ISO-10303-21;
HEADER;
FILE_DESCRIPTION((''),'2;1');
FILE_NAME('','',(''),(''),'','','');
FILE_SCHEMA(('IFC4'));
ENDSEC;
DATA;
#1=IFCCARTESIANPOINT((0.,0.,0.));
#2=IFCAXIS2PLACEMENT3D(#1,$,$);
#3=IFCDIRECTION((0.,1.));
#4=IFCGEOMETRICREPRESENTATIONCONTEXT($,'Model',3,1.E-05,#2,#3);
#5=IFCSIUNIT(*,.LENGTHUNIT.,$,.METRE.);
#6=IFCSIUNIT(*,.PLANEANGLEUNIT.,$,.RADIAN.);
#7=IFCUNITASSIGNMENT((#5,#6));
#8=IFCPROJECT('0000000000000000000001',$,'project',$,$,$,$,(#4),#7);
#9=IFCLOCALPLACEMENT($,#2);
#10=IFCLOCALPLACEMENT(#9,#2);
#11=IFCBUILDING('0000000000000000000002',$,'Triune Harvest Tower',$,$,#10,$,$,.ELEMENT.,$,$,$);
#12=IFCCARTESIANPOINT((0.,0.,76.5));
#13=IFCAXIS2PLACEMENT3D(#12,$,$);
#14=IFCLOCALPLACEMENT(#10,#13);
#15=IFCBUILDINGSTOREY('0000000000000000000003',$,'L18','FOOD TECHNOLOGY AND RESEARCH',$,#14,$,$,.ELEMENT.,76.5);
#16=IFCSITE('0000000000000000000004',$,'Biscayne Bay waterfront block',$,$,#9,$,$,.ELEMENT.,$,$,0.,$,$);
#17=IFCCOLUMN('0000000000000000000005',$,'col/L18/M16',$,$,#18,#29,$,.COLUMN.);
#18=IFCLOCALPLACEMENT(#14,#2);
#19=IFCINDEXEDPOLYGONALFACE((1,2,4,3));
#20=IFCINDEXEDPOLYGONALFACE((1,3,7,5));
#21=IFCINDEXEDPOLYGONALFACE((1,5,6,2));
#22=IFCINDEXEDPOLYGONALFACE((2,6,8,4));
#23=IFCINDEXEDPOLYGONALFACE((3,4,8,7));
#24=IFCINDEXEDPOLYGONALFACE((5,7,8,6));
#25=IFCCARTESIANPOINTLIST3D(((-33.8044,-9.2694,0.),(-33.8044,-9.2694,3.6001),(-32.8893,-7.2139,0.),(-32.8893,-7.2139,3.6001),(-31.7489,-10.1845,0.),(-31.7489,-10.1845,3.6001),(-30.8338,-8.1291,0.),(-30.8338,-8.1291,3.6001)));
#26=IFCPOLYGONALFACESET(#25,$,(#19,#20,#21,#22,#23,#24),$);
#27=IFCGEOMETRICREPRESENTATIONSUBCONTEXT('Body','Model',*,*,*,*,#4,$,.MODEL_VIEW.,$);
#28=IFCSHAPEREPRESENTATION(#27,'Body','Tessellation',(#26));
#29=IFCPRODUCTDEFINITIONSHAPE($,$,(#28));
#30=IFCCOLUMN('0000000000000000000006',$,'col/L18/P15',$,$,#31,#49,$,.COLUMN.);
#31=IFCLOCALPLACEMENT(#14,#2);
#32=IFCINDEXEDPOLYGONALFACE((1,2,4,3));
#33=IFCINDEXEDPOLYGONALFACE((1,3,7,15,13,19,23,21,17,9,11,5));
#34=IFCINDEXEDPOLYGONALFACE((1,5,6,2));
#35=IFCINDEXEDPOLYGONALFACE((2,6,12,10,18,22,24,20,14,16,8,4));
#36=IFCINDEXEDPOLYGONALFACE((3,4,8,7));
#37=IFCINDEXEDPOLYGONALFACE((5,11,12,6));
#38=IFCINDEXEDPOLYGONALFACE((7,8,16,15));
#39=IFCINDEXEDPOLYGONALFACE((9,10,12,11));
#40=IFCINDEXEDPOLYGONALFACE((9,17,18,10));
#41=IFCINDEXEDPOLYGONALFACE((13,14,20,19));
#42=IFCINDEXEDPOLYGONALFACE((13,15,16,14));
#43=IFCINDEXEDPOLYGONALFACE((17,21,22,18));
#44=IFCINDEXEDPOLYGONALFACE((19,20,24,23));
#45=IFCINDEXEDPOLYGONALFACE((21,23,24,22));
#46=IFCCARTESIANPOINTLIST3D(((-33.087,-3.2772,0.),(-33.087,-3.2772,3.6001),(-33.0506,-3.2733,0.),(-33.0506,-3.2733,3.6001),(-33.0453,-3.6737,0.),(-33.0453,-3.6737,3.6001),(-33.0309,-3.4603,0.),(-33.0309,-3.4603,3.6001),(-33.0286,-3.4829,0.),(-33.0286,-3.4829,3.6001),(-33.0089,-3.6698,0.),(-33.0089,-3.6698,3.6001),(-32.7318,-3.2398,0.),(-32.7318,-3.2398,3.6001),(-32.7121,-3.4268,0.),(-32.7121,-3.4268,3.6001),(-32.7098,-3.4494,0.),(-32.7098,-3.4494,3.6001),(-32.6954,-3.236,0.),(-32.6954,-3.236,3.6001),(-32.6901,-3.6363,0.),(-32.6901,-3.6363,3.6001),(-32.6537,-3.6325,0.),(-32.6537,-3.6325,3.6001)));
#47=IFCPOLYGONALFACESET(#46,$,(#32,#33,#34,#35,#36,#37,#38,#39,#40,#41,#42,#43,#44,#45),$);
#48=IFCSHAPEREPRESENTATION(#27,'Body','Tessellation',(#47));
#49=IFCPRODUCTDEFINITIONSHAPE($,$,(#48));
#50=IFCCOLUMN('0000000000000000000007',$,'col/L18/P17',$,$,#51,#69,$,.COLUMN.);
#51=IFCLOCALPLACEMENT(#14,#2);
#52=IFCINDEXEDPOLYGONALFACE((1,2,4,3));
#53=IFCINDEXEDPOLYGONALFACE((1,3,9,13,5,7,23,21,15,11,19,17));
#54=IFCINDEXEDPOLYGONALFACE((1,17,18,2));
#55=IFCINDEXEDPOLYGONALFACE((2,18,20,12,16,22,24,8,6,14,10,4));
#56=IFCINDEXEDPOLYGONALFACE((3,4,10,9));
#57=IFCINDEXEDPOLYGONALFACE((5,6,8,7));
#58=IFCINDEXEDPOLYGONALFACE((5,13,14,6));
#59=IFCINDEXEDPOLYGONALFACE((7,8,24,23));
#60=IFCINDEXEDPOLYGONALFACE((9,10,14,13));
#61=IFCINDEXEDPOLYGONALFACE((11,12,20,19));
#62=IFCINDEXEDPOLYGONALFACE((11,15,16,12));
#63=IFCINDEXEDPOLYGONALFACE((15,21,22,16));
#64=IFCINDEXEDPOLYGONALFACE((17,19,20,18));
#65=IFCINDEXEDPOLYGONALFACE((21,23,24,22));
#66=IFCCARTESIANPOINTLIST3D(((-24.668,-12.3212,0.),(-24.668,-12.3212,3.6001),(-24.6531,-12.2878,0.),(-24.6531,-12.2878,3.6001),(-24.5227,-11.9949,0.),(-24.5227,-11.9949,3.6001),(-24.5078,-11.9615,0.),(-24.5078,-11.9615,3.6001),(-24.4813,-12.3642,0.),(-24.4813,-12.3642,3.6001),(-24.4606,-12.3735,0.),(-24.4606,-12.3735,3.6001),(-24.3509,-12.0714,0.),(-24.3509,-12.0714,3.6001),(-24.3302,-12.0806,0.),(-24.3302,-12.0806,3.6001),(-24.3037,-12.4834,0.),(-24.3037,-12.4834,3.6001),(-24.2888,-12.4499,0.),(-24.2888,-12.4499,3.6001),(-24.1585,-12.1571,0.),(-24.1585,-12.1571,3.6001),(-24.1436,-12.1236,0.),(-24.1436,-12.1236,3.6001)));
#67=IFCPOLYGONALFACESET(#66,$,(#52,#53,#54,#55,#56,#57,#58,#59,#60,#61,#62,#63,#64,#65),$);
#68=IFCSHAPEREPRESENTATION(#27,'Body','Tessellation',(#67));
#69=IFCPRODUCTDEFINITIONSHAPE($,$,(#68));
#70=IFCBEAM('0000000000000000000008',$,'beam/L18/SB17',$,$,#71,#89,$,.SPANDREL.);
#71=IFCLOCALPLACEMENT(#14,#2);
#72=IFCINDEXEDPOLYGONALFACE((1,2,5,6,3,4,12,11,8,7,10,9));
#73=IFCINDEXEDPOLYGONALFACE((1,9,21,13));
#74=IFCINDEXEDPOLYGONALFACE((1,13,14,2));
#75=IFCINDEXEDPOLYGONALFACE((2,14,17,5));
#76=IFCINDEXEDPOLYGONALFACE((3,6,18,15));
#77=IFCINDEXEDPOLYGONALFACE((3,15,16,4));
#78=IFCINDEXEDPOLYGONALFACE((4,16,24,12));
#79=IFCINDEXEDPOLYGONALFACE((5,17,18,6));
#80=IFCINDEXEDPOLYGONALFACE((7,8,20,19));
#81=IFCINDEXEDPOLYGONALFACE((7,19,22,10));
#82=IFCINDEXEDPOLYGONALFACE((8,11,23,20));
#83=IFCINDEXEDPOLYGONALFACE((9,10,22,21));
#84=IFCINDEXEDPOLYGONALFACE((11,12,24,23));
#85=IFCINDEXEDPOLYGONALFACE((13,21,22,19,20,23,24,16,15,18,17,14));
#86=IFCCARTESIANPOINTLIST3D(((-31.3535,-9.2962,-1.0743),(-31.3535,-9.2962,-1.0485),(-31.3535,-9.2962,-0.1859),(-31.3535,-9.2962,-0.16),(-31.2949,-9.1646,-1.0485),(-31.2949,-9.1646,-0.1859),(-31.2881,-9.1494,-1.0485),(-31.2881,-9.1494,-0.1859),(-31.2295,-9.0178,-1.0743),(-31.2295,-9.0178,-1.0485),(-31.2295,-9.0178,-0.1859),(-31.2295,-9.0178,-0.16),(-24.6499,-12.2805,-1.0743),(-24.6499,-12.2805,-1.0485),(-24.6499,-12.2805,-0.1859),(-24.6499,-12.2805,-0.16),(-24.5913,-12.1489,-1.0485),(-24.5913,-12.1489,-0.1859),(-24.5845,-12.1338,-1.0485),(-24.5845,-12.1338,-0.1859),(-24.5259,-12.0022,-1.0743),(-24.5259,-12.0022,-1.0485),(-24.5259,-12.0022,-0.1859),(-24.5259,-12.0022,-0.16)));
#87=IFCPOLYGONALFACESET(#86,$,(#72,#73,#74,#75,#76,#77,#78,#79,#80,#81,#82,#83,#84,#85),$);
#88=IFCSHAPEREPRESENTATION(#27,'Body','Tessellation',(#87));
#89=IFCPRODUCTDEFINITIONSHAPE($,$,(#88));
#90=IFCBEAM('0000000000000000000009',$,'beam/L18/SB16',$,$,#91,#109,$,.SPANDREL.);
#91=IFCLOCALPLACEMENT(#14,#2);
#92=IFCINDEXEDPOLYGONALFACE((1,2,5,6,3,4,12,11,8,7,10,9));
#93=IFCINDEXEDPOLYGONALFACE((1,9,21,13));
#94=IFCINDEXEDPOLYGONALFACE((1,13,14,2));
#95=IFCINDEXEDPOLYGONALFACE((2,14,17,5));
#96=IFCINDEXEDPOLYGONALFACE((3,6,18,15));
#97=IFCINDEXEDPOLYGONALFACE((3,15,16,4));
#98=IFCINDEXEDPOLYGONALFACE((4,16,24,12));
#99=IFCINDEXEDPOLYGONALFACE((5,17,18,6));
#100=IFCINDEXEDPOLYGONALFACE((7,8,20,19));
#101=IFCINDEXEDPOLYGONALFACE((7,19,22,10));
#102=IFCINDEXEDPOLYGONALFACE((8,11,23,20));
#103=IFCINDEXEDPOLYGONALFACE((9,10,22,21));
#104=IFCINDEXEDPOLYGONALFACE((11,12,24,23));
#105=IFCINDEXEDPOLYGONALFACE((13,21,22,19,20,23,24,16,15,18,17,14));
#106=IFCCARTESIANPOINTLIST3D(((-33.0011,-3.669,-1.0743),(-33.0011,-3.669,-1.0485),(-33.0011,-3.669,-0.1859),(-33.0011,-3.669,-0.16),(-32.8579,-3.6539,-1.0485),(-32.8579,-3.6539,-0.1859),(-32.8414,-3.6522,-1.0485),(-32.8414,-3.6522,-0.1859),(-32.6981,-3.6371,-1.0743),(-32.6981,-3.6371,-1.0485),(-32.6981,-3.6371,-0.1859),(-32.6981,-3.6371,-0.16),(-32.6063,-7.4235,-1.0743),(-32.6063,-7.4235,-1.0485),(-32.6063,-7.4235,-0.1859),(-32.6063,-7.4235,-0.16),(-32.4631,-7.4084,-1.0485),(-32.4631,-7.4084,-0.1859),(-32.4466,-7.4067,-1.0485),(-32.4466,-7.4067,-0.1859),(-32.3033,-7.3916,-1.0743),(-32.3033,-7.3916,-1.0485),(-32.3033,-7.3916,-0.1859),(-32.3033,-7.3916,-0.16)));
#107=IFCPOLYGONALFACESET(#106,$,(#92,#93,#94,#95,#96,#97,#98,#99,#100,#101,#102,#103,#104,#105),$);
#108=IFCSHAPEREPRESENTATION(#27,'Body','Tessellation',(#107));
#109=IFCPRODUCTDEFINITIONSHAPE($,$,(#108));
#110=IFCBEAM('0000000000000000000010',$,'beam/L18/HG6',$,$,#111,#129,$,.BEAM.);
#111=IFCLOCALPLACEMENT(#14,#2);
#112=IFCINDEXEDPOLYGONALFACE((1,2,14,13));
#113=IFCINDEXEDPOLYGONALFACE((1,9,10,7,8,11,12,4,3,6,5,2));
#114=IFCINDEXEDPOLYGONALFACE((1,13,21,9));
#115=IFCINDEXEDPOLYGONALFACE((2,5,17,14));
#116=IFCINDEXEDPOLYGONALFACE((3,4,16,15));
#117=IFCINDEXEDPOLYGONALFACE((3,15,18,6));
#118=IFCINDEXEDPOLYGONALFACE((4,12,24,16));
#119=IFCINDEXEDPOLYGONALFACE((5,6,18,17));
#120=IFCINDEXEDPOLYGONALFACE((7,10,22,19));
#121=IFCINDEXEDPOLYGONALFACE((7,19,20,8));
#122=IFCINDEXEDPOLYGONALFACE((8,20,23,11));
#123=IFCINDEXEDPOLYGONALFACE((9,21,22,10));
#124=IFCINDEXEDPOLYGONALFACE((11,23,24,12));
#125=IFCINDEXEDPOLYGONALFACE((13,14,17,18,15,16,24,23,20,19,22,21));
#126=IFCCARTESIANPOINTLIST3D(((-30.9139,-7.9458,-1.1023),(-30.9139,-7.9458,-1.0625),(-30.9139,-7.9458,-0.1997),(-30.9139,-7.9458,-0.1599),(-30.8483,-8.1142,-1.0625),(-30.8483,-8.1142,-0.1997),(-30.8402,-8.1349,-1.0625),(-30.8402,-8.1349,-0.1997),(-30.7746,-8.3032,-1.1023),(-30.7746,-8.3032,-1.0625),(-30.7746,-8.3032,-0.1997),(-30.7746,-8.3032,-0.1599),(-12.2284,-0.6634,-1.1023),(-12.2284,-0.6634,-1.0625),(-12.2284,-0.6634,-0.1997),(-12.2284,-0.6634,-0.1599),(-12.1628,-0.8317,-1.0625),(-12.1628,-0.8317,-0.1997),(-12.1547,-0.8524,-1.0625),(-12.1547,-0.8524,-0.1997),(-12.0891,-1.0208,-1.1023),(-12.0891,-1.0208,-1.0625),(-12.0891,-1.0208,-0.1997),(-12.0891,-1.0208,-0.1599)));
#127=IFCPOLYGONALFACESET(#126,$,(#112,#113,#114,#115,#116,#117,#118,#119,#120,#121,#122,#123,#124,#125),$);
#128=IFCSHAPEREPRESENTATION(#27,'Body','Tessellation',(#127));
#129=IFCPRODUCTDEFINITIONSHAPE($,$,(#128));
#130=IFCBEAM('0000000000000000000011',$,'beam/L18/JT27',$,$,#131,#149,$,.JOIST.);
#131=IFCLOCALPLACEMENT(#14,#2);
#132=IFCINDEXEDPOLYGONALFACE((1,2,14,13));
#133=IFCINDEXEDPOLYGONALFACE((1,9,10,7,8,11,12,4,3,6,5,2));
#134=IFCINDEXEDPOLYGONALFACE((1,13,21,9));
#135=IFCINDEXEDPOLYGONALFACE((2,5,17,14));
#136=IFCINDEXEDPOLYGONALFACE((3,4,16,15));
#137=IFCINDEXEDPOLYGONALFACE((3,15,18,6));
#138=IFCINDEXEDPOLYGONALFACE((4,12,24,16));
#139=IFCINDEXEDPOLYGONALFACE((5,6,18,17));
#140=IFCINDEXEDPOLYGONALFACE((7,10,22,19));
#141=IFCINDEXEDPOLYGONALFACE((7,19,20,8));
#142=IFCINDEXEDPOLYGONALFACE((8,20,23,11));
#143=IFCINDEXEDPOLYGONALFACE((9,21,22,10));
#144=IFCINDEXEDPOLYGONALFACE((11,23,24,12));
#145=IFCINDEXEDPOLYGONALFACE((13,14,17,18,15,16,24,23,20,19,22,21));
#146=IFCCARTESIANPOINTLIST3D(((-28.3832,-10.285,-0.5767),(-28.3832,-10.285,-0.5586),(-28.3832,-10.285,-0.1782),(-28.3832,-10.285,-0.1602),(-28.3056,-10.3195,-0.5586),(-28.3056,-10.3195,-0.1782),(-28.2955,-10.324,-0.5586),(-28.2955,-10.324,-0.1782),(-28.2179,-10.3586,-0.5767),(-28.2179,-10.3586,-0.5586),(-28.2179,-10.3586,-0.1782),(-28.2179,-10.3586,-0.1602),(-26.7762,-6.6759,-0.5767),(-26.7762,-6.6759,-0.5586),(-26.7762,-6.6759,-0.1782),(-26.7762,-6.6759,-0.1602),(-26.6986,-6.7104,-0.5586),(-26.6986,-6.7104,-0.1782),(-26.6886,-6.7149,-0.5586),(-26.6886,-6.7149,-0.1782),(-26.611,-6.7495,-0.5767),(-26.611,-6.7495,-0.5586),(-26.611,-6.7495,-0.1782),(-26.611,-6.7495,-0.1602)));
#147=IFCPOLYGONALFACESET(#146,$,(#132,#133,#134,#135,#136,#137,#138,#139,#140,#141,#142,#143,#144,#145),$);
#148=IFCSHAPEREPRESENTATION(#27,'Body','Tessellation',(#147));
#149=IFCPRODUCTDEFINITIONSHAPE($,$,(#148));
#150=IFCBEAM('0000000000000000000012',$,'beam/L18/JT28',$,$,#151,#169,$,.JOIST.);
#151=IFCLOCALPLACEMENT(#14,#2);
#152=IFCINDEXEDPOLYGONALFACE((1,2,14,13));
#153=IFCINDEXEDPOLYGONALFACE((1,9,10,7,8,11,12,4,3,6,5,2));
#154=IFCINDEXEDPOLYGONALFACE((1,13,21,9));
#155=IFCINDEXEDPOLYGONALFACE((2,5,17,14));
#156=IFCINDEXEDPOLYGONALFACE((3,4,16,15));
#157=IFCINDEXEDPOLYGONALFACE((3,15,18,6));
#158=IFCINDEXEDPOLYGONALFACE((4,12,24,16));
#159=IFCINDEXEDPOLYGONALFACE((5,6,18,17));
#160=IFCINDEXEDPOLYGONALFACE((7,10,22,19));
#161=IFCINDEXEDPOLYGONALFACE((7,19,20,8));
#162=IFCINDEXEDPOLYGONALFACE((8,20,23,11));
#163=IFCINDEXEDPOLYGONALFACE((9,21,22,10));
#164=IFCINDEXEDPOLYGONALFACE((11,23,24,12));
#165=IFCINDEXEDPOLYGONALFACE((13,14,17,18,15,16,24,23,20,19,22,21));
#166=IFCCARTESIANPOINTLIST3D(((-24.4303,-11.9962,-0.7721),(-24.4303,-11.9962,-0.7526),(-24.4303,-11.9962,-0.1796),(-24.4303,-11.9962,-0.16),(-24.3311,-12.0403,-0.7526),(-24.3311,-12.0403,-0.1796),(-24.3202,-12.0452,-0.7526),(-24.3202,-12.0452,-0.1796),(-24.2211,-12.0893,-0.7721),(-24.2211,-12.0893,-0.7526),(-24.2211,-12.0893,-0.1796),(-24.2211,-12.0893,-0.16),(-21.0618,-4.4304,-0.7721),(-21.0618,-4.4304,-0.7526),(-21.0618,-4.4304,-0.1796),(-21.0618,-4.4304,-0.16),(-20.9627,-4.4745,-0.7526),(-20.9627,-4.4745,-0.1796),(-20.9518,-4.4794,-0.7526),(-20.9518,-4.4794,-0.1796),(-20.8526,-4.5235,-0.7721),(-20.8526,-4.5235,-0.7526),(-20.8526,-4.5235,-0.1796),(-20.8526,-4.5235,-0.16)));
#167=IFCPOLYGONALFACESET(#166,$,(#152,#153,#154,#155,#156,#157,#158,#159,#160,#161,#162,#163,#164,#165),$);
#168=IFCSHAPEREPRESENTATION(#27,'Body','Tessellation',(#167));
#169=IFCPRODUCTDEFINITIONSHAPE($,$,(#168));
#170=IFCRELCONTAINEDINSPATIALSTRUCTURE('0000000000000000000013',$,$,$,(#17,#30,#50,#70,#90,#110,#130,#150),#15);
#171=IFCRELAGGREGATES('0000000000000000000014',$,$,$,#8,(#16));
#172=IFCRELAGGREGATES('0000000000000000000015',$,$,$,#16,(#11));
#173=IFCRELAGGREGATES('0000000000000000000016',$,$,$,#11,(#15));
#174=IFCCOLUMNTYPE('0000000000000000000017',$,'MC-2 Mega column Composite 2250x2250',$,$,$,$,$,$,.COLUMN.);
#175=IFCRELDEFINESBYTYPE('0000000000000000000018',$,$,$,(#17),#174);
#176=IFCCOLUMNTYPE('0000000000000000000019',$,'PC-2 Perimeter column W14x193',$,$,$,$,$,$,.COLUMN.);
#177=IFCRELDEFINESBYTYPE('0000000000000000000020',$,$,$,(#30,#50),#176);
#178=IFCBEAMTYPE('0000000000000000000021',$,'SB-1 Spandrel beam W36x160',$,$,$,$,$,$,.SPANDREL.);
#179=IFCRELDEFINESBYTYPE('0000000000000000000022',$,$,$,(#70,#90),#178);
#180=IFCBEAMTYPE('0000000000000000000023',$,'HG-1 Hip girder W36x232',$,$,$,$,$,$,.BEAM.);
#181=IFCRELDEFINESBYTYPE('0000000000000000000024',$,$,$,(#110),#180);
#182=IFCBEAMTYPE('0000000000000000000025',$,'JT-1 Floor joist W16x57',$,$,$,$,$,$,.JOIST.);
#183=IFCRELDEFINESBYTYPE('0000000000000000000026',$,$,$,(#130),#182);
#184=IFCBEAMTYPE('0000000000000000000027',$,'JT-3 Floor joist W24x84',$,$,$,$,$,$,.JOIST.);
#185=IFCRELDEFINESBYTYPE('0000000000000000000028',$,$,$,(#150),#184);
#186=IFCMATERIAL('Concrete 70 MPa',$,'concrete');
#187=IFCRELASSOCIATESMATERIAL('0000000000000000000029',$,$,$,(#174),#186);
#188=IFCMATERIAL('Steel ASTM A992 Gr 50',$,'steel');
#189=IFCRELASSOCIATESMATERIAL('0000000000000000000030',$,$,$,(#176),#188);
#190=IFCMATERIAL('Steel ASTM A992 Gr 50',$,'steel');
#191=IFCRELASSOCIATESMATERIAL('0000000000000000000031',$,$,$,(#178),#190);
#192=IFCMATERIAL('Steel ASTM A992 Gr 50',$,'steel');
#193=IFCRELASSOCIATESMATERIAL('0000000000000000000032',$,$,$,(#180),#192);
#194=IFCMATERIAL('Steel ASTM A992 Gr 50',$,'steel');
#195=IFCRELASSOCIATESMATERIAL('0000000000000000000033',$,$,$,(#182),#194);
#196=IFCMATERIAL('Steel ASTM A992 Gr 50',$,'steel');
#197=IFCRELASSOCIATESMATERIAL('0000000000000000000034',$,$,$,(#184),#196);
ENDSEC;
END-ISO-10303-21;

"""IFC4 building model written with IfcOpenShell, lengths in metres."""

from ifc_helpers import new_model, si_unit, direction, frame, origin, origin_2d, place, context, subcontext, project, spatial, rectangle, i_section, extrude, source, transform, mapped, material, material_profile, profile_set, type_object, element, save


model = new_model("IFC4")

# Units and contexts
model_context = context("Model", 3, precision=1e-05, world=origin(), true_north=direction((0.0, 1.0)))
body_context = subcontext(model_context, "Body", "Model", "MODEL_VIEW")
ifc_project = project(units=[si_unit("LENGTHUNIT", "METRE"), si_unit("PLANEANGLEUNIT", "RADIAN")], contexts=[model_context])

# Site, building, storey
site_placement = place(None, origin())
site = spatial("IfcSite", under=ifc_project, at=site_placement, Name="Biscayne Bay waterfront block", CompositionType="ELEMENT", RefElevation=0.0)
building_placement = place(site_placement, origin())
building = spatial("IfcBuilding", under=site, at=building_placement, Name="Triune Harvest Tower", CompositionType="ELEMENT")
storey_placement = place(building_placement, frame((0.0, 0.0, 76.5)))
storey = spatial("IfcBuildingStorey", under=building, at=storey_placement, Name="L18", Description="FOOD TECHNOLOGY AND RESEARCH", CompositionType="ELEMENT", Elevation=76.5)

# Columns
ifc_material_1 = material(Name="Concrete 70 MPa", Category="concrete")
ifc_material_profile_1 = material_profile(ifc_material_1, rectangle(XDim=2.25, YDim=2.25, at=origin_2d()), Name="Composite 2250x2250")
ifc_profile_set_1 = profile_set([ifc_material_profile_1], Name="Concrete 70 MPa")
column_type_1 = type_object("IfcColumnType", Name="MC-2 Mega column Composite 2250x2250", PredefinedType="COLUMN", material=ifc_profile_set_1)
shared_shape_1 = source(origin(), body_context, "Body", "SweptSolid", [
    extrude(rectangle(XDim=2.25, YDim=2.25, at=origin_2d()), origin(), (0.0, 0.0, 1.0), 3.6001),
])
column_placement = place(storey_placement, frame((-32.3191, -8.6992, 0.0), z_axis=(0.0, 0.0, 1.0), x_axis=(0.913545, -0.406737, 0.0)))
element("IfcColumn", 1, at=column_placement, inside=storey, type_object=column_type_1, Name="col/L18/M16", PredefinedType="COLUMN", context=body_context, shape_type="MappedRepresentation", body=[
    mapped(shared_shape_1, transform((0.0, 0.0, 0.0), scale=1.0)),
])
ifc_material_2 = material(Name="Steel ASTM A992 Gr 50", Category="steel")
ifc_material_profile_2 = material_profile(ifc_material_2, i_section(OverallWidth=0.3987, OverallDepth=0.3938, WebThickness=0.0227, FlangeThickness=0.0366, at=origin_2d()), Name="W14x193")
ifc_profile_set_2 = profile_set([ifc_material_profile_2], Name="Steel ASTM A992 Gr 50")
column_type_2 = type_object("IfcColumnType", Name="PC-2 Perimeter column W14x193", PredefinedType="COLUMN", material=ifc_profile_set_2)
shared_shape_2 = source(origin(), body_context, "Body", "SweptSolid", [
    extrude(i_section(OverallWidth=0.3987, OverallDepth=0.3938, WebThickness=0.0227, FlangeThickness=0.0366, at=origin_2d()), origin(), (0.0, 0.0, 1.0), 3.6001),
])
for number, where, z_axis, x_axis, name in (
    (2, (-32.8704, -3.4548, 0.0), (0.0, 0.0, 1.0), (0.104528, -0.994522, 0.0), "col/L18/P15"),
    (3, (-24.4058, -12.2224, 0.0), (0.0, 0.0, 1.0), (0.913545, -0.406737, 0.0), "col/L18/P17"),
):
    element("IfcColumn", number, at=place(storey_placement, frame(where, z_axis=z_axis, x_axis=x_axis)), inside=storey, type_object=column_type_2, Name=name, PredefinedType="COLUMN", context=body_context, shape_type="MappedRepresentation", body=[
        mapped(shared_shape_2, transform((0.0, 0.0, 0.0), scale=1.0)),
    ])

# Beams
ifc_material_3 = material(Name="Steel ASTM A992 Gr 50", Category="steel")
ifc_material_profile_3 = material_profile(ifc_material_3, i_section(OverallWidth=0.3047, OverallDepth=0.9143, WebThickness=0.0166, FlangeThickness=0.0259, at=origin_2d()), Name="W36x160")
ifc_profile_set_3 = profile_set([ifc_material_profile_3], Name="Steel ASTM A992 Gr 50")
beam_type_1 = type_object("IfcBeamType", Name="SB-1 Spandrel beam W36x160", PredefinedType="SPANDREL", material=ifc_profile_set_3)
shared_shape_3 = source(origin(), body_context, "Body", "SweptSolid", [
    extrude(i_section(OverallWidth=0.3047, OverallDepth=0.9143, WebThickness=0.0166, FlangeThickness=0.0259, at=origin_2d()), origin(), (0.0, 0.0, 1.0), 7.3379),
])
beam_1_placement = place(storey_placement, frame((-31.2915, -9.157, -0.6172), z_axis=(0.913559, -0.406706, 0.0), x_axis=(0.406706, 0.913559, 0.0)))
element("IfcBeam", 4, at=beam_1_placement, inside=storey, type_object=beam_type_1, Name="beam/L18/SB17", PredefinedType="SPANDREL", context=body_context, shape_type="MappedRepresentation", body=[
    mapped(shared_shape_3, transform((0.0, 0.0, 0.0), scale=1.0)),
])
shared_shape_4 = source(origin(), body_context, "Body", "SweptSolid", [
    extrude(i_section(OverallWidth=0.3047, OverallDepth=0.9143, WebThickness=0.0166, FlangeThickness=0.0259, at=origin_2d()), origin(), (0.0, 0.0, 1.0), 3.7751),
])
beam_2_placement = place(storey_placement, frame((-32.8496, -3.6531, -0.6172), z_axis=(0.104574, -0.994517, 0.0), x_axis=(0.994517, 0.104574, 0.0)))
element("IfcBeam", 5, at=beam_2_placement, inside=storey, type_object=beam_type_1, Name="beam/L18/SB16", PredefinedType="SPANDREL", context=body_context, shape_type="MappedRepresentation", body=[
    mapped(shared_shape_4, transform((0.0, 0.0, 0.0), scale=1.0)),
])
ifc_material_4 = material(Name="Steel ASTM A992 Gr 50", Category="steel")
ifc_material_profile_4 = material_profile(ifc_material_4, i_section(OverallWidth=0.3835, OverallDepth=0.9424, WebThickness=0.0222, FlangeThickness=0.0398, at=origin_2d()), Name="W36x232")
ifc_profile_set_4 = profile_set([ifc_material_profile_4], Name="Steel ASTM A992 Gr 50")
beam_type_2 = type_object("IfcBeamType", Name="HG-1 Hip girder W36x232", PredefinedType="BEAM", material=ifc_profile_set_4)
shared_shape_5 = source(origin(), body_context, "Body", "SweptSolid", [
    extrude(i_section(OverallWidth=0.3835, OverallDepth=0.9424, WebThickness=0.0222, FlangeThickness=0.0398, at=origin_2d()), origin(), (0.0, 0.0, 1.0), 20.0544),
])
beam_3_placement = place(storey_placement, frame((-30.8442, -8.1245, -0.6311), z_axis=(0.931737, 0.363134, 0.0), x_axis=(-0.363134, 0.931737, 0.0)))
element("IfcBeam", 6, at=beam_3_placement, inside=storey, type_object=beam_type_2, Name="beam/L18/HG6", PredefinedType="BEAM", context=body_context, shape_type="MappedRepresentation", body=[
    mapped(shared_shape_5, transform((0.0, 0.0, 0.0), scale=1.0)),
])
ifc_material_5 = material(Name="Steel ASTM A992 Gr 50", Category="steel")
ifc_material_profile_5 = material_profile(ifc_material_5, i_section(OverallWidth=0.1809, OverallDepth=0.4165, WebThickness=0.011, FlangeThickness=0.0181, at=origin_2d()), Name="W16x57")
ifc_profile_set_5 = profile_set([ifc_material_profile_5], Name="Steel ASTM A992 Gr 50")
beam_type_3 = type_object("IfcBeamType", Name="JT-1 Floor joist W16x57", PredefinedType="JOIST", material=ifc_profile_set_5)
shared_shape_6 = source(origin(), body_context, "Body", "SweptSolid", [
    extrude(i_section(OverallWidth=0.1809, OverallDepth=0.4165, WebThickness=0.011, FlangeThickness=0.0181, at=origin_2d()), origin(), (0.0, 0.0, 1.0), 3.9507),
])
beam_4_placement = place(storey_placement, frame((-28.3005, -10.3218, -0.3684), z_axis=(0.406746, 0.913541, 0.0), x_axis=(-0.913541, 0.406746, 0.0)))
element("IfcBeam", 7, at=beam_4_placement, inside=storey, type_object=beam_type_3, Name="beam/L18/JT27", PredefinedType="JOIST", context=body_context, shape_type="MappedRepresentation", body=[
    mapped(shared_shape_6, transform((0.0, 0.0, 0.0), scale=1.0)),
])
ifc_material_6 = material(Name="Steel ASTM A992 Gr 50", Category="steel")
ifc_material_profile_6 = material_profile(ifc_material_6, i_section(OverallWidth=0.229, OverallDepth=0.6121, WebThickness=0.012, FlangeThickness=0.0195, at=origin_2d()), Name="W24x84")
ifc_profile_set_6 = profile_set([ifc_material_profile_6], Name="Steel ASTM A992 Gr 50")
beam_type_4 = type_object("IfcBeamType", Name="JT-3 Floor joist W24x84", PredefinedType="JOIST", material=ifc_profile_set_6)
shared_shape_7 = source(origin(), body_context, "Body", "SweptSolid", [
    extrude(i_section(OverallWidth=0.229, OverallDepth=0.6121, WebThickness=0.012, FlangeThickness=0.0195, at=origin_2d()), origin(), (0.0, 0.0, 1.0), 8.2817),
])
beam_5_placement = place(storey_placement, frame((-24.3257, -12.0427, -0.4661), z_axis=(0.406732, 0.913548, 0.0), x_axis=(-0.913548, 0.406732, 0.0)))
element("IfcBeam", 8, at=beam_5_placement, inside=storey, type_object=beam_type_4, Name="beam/L18/JT28", PredefinedType="JOIST", context=body_context, shape_type="MappedRepresentation", body=[
    mapped(shared_shape_7, transform((0.0, 0.0, 0.0), scale=1.0)),
])

save(model, "model.ifc")
